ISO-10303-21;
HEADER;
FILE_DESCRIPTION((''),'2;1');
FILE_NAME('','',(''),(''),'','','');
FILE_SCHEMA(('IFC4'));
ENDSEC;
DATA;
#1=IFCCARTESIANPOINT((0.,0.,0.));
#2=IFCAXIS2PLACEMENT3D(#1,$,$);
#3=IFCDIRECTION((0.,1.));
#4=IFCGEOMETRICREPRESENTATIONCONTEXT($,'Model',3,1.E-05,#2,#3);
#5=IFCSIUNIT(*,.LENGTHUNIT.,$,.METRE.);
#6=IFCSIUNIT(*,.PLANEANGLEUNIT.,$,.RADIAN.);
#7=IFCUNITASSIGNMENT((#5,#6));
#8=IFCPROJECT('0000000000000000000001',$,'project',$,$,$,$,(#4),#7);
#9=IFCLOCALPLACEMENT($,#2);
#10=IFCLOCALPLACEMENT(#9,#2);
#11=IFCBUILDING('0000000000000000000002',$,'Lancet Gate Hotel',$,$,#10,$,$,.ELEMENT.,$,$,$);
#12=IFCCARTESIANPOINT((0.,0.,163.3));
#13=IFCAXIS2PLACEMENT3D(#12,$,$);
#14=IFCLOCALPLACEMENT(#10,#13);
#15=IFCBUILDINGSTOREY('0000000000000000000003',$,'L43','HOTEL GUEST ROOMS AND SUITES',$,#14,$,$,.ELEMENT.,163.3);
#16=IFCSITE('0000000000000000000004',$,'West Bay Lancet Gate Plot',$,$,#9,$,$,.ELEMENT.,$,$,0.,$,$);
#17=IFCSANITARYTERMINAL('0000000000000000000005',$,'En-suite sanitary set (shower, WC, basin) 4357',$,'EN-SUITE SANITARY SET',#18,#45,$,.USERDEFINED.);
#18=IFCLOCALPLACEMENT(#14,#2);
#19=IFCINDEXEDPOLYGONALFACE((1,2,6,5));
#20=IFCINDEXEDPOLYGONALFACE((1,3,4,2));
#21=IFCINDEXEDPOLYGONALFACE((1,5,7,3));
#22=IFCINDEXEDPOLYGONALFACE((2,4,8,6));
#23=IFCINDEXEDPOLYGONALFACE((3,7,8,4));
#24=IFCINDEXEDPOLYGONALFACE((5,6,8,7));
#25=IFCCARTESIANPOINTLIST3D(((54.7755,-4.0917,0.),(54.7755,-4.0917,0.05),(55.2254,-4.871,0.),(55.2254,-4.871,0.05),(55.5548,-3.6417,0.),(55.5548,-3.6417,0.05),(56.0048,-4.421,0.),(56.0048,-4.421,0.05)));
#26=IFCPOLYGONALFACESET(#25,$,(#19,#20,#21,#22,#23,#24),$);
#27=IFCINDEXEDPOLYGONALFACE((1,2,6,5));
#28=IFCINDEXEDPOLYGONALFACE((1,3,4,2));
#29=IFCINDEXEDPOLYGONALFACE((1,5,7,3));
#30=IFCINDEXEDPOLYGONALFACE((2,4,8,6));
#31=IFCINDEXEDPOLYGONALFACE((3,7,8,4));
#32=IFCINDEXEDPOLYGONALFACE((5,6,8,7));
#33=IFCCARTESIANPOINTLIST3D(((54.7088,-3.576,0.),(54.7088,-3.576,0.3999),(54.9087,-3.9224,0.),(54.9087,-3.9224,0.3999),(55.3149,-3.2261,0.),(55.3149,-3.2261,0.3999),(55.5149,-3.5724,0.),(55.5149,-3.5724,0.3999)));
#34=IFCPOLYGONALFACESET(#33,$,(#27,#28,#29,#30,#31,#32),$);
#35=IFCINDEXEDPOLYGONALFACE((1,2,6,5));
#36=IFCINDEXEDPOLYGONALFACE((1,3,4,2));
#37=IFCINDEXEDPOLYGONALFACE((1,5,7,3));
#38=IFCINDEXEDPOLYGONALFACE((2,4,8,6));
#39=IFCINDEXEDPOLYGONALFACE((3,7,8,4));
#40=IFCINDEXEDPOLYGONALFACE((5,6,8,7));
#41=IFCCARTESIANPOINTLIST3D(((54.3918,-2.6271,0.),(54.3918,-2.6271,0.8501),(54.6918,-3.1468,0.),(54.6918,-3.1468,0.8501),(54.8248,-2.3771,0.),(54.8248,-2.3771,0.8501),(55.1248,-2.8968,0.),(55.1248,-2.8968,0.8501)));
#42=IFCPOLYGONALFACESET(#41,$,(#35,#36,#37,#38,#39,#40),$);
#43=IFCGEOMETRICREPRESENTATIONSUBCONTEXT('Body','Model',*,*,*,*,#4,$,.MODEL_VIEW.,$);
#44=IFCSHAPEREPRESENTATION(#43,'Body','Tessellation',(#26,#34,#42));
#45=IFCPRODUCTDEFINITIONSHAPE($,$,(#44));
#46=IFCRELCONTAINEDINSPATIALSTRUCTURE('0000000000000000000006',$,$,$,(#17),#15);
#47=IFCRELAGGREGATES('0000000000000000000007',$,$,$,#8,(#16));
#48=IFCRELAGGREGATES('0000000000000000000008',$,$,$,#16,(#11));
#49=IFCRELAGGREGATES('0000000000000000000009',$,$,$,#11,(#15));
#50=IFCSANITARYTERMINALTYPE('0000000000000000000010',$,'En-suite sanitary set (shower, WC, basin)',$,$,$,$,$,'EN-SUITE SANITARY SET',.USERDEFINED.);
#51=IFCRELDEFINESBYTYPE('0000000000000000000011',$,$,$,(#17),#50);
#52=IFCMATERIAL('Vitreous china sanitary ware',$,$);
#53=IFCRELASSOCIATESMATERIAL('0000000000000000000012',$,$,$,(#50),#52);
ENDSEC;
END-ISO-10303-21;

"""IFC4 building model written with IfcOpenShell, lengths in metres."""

from ifc_helpers import new_model, si_unit, direction, frame, origin, origin_2d, place, context, subcontext, project, spatial, rectangle, extrude, material, type_object, element, save


model = new_model("IFC4")

# Units and contexts
model_context = context("Model", 3, precision=1e-05, world=origin(), true_north=direction((0.0, 1.0)))
body_context = subcontext(model_context, "Body", "Model", "MODEL_VIEW")
ifc_project = project(units=[si_unit("LENGTHUNIT", "METRE"), si_unit("PLANEANGLEUNIT", "RADIAN")], contexts=[model_context])

# Site, building, storey
site_placement = place(None, origin())
site = spatial("IfcSite", under=ifc_project, at=site_placement, Name="West Bay Lancet Gate Plot", CompositionType="ELEMENT", RefElevation=0.0)
building_placement = place(site_placement, origin())
building = spatial("IfcBuilding", under=site, at=building_placement, Name="Lancet Gate Hotel", CompositionType="ELEMENT")
storey_placement = place(building_placement, frame((0.0, 0.0, 163.3)))
storey = spatial("IfcBuildingStorey", under=building, at=storey_placement, Name="L43", Description="HOTEL GUEST ROOMS AND SUITES", CompositionType="ELEMENT", Elevation=163.3)

# Sanitary terminal
ifc_material_1 = material(Name="Vitreous china sanitary ware")
sanitary_terminal_type = type_object("IfcSanitaryTerminalType", Name="En-suite sanitary set (shower, WC, basin)", ElementType="EN-SUITE SANITARY SET", PredefinedType="USERDEFINED", material=ifc_material_1)
sanitary_terminal_placement = place(storey_placement, frame((55.3901, -4.2563, 0.0), z_axis=(0.0, 0.0, 1.0), x_axis=(1.0, 0.0, 0.0)))
element("IfcSanitaryTerminal", 1, at=sanitary_terminal_placement, inside=storey, type_object=sanitary_terminal_type, Name="En-suite sanitary set (shower, WC, basin) 4357", ObjectType="EN-SUITE SANITARY SET", PredefinedType="USERDEFINED", context=body_context, shape_type="SweptSolid", body=[
    extrude(rectangle(XDim=0.8999, YDim=0.8999, at=origin_2d()), frame((0.0, 0.0, 0.0), z_axis=(0.0, 0.0, 1.0), x_axis=(0.5, -0.866025, 0.0)), (0.0, 0.0, 1.0), 0.05),
    extrude(rectangle(XDim=0.3999, YDim=0.7, at=origin_2d()), frame((-0.2783, 0.6821, 0.0), z_axis=(0.0, 0.0, 1.0), x_axis=(0.5, -0.866025, 0.0)), (0.0, 0.0, 1.0), 0.3999),
    extrude(rectangle(XDim=0.6001, YDim=0.5, at=origin_2d()), frame((-0.6318, 1.4944, 0.0), z_axis=(0.0, 0.0, 1.0), x_axis=(0.5, -0.866025, 0.0)), (0.0, 0.0, 1.0), 0.8501),
])

save(model, "model.ifc")
